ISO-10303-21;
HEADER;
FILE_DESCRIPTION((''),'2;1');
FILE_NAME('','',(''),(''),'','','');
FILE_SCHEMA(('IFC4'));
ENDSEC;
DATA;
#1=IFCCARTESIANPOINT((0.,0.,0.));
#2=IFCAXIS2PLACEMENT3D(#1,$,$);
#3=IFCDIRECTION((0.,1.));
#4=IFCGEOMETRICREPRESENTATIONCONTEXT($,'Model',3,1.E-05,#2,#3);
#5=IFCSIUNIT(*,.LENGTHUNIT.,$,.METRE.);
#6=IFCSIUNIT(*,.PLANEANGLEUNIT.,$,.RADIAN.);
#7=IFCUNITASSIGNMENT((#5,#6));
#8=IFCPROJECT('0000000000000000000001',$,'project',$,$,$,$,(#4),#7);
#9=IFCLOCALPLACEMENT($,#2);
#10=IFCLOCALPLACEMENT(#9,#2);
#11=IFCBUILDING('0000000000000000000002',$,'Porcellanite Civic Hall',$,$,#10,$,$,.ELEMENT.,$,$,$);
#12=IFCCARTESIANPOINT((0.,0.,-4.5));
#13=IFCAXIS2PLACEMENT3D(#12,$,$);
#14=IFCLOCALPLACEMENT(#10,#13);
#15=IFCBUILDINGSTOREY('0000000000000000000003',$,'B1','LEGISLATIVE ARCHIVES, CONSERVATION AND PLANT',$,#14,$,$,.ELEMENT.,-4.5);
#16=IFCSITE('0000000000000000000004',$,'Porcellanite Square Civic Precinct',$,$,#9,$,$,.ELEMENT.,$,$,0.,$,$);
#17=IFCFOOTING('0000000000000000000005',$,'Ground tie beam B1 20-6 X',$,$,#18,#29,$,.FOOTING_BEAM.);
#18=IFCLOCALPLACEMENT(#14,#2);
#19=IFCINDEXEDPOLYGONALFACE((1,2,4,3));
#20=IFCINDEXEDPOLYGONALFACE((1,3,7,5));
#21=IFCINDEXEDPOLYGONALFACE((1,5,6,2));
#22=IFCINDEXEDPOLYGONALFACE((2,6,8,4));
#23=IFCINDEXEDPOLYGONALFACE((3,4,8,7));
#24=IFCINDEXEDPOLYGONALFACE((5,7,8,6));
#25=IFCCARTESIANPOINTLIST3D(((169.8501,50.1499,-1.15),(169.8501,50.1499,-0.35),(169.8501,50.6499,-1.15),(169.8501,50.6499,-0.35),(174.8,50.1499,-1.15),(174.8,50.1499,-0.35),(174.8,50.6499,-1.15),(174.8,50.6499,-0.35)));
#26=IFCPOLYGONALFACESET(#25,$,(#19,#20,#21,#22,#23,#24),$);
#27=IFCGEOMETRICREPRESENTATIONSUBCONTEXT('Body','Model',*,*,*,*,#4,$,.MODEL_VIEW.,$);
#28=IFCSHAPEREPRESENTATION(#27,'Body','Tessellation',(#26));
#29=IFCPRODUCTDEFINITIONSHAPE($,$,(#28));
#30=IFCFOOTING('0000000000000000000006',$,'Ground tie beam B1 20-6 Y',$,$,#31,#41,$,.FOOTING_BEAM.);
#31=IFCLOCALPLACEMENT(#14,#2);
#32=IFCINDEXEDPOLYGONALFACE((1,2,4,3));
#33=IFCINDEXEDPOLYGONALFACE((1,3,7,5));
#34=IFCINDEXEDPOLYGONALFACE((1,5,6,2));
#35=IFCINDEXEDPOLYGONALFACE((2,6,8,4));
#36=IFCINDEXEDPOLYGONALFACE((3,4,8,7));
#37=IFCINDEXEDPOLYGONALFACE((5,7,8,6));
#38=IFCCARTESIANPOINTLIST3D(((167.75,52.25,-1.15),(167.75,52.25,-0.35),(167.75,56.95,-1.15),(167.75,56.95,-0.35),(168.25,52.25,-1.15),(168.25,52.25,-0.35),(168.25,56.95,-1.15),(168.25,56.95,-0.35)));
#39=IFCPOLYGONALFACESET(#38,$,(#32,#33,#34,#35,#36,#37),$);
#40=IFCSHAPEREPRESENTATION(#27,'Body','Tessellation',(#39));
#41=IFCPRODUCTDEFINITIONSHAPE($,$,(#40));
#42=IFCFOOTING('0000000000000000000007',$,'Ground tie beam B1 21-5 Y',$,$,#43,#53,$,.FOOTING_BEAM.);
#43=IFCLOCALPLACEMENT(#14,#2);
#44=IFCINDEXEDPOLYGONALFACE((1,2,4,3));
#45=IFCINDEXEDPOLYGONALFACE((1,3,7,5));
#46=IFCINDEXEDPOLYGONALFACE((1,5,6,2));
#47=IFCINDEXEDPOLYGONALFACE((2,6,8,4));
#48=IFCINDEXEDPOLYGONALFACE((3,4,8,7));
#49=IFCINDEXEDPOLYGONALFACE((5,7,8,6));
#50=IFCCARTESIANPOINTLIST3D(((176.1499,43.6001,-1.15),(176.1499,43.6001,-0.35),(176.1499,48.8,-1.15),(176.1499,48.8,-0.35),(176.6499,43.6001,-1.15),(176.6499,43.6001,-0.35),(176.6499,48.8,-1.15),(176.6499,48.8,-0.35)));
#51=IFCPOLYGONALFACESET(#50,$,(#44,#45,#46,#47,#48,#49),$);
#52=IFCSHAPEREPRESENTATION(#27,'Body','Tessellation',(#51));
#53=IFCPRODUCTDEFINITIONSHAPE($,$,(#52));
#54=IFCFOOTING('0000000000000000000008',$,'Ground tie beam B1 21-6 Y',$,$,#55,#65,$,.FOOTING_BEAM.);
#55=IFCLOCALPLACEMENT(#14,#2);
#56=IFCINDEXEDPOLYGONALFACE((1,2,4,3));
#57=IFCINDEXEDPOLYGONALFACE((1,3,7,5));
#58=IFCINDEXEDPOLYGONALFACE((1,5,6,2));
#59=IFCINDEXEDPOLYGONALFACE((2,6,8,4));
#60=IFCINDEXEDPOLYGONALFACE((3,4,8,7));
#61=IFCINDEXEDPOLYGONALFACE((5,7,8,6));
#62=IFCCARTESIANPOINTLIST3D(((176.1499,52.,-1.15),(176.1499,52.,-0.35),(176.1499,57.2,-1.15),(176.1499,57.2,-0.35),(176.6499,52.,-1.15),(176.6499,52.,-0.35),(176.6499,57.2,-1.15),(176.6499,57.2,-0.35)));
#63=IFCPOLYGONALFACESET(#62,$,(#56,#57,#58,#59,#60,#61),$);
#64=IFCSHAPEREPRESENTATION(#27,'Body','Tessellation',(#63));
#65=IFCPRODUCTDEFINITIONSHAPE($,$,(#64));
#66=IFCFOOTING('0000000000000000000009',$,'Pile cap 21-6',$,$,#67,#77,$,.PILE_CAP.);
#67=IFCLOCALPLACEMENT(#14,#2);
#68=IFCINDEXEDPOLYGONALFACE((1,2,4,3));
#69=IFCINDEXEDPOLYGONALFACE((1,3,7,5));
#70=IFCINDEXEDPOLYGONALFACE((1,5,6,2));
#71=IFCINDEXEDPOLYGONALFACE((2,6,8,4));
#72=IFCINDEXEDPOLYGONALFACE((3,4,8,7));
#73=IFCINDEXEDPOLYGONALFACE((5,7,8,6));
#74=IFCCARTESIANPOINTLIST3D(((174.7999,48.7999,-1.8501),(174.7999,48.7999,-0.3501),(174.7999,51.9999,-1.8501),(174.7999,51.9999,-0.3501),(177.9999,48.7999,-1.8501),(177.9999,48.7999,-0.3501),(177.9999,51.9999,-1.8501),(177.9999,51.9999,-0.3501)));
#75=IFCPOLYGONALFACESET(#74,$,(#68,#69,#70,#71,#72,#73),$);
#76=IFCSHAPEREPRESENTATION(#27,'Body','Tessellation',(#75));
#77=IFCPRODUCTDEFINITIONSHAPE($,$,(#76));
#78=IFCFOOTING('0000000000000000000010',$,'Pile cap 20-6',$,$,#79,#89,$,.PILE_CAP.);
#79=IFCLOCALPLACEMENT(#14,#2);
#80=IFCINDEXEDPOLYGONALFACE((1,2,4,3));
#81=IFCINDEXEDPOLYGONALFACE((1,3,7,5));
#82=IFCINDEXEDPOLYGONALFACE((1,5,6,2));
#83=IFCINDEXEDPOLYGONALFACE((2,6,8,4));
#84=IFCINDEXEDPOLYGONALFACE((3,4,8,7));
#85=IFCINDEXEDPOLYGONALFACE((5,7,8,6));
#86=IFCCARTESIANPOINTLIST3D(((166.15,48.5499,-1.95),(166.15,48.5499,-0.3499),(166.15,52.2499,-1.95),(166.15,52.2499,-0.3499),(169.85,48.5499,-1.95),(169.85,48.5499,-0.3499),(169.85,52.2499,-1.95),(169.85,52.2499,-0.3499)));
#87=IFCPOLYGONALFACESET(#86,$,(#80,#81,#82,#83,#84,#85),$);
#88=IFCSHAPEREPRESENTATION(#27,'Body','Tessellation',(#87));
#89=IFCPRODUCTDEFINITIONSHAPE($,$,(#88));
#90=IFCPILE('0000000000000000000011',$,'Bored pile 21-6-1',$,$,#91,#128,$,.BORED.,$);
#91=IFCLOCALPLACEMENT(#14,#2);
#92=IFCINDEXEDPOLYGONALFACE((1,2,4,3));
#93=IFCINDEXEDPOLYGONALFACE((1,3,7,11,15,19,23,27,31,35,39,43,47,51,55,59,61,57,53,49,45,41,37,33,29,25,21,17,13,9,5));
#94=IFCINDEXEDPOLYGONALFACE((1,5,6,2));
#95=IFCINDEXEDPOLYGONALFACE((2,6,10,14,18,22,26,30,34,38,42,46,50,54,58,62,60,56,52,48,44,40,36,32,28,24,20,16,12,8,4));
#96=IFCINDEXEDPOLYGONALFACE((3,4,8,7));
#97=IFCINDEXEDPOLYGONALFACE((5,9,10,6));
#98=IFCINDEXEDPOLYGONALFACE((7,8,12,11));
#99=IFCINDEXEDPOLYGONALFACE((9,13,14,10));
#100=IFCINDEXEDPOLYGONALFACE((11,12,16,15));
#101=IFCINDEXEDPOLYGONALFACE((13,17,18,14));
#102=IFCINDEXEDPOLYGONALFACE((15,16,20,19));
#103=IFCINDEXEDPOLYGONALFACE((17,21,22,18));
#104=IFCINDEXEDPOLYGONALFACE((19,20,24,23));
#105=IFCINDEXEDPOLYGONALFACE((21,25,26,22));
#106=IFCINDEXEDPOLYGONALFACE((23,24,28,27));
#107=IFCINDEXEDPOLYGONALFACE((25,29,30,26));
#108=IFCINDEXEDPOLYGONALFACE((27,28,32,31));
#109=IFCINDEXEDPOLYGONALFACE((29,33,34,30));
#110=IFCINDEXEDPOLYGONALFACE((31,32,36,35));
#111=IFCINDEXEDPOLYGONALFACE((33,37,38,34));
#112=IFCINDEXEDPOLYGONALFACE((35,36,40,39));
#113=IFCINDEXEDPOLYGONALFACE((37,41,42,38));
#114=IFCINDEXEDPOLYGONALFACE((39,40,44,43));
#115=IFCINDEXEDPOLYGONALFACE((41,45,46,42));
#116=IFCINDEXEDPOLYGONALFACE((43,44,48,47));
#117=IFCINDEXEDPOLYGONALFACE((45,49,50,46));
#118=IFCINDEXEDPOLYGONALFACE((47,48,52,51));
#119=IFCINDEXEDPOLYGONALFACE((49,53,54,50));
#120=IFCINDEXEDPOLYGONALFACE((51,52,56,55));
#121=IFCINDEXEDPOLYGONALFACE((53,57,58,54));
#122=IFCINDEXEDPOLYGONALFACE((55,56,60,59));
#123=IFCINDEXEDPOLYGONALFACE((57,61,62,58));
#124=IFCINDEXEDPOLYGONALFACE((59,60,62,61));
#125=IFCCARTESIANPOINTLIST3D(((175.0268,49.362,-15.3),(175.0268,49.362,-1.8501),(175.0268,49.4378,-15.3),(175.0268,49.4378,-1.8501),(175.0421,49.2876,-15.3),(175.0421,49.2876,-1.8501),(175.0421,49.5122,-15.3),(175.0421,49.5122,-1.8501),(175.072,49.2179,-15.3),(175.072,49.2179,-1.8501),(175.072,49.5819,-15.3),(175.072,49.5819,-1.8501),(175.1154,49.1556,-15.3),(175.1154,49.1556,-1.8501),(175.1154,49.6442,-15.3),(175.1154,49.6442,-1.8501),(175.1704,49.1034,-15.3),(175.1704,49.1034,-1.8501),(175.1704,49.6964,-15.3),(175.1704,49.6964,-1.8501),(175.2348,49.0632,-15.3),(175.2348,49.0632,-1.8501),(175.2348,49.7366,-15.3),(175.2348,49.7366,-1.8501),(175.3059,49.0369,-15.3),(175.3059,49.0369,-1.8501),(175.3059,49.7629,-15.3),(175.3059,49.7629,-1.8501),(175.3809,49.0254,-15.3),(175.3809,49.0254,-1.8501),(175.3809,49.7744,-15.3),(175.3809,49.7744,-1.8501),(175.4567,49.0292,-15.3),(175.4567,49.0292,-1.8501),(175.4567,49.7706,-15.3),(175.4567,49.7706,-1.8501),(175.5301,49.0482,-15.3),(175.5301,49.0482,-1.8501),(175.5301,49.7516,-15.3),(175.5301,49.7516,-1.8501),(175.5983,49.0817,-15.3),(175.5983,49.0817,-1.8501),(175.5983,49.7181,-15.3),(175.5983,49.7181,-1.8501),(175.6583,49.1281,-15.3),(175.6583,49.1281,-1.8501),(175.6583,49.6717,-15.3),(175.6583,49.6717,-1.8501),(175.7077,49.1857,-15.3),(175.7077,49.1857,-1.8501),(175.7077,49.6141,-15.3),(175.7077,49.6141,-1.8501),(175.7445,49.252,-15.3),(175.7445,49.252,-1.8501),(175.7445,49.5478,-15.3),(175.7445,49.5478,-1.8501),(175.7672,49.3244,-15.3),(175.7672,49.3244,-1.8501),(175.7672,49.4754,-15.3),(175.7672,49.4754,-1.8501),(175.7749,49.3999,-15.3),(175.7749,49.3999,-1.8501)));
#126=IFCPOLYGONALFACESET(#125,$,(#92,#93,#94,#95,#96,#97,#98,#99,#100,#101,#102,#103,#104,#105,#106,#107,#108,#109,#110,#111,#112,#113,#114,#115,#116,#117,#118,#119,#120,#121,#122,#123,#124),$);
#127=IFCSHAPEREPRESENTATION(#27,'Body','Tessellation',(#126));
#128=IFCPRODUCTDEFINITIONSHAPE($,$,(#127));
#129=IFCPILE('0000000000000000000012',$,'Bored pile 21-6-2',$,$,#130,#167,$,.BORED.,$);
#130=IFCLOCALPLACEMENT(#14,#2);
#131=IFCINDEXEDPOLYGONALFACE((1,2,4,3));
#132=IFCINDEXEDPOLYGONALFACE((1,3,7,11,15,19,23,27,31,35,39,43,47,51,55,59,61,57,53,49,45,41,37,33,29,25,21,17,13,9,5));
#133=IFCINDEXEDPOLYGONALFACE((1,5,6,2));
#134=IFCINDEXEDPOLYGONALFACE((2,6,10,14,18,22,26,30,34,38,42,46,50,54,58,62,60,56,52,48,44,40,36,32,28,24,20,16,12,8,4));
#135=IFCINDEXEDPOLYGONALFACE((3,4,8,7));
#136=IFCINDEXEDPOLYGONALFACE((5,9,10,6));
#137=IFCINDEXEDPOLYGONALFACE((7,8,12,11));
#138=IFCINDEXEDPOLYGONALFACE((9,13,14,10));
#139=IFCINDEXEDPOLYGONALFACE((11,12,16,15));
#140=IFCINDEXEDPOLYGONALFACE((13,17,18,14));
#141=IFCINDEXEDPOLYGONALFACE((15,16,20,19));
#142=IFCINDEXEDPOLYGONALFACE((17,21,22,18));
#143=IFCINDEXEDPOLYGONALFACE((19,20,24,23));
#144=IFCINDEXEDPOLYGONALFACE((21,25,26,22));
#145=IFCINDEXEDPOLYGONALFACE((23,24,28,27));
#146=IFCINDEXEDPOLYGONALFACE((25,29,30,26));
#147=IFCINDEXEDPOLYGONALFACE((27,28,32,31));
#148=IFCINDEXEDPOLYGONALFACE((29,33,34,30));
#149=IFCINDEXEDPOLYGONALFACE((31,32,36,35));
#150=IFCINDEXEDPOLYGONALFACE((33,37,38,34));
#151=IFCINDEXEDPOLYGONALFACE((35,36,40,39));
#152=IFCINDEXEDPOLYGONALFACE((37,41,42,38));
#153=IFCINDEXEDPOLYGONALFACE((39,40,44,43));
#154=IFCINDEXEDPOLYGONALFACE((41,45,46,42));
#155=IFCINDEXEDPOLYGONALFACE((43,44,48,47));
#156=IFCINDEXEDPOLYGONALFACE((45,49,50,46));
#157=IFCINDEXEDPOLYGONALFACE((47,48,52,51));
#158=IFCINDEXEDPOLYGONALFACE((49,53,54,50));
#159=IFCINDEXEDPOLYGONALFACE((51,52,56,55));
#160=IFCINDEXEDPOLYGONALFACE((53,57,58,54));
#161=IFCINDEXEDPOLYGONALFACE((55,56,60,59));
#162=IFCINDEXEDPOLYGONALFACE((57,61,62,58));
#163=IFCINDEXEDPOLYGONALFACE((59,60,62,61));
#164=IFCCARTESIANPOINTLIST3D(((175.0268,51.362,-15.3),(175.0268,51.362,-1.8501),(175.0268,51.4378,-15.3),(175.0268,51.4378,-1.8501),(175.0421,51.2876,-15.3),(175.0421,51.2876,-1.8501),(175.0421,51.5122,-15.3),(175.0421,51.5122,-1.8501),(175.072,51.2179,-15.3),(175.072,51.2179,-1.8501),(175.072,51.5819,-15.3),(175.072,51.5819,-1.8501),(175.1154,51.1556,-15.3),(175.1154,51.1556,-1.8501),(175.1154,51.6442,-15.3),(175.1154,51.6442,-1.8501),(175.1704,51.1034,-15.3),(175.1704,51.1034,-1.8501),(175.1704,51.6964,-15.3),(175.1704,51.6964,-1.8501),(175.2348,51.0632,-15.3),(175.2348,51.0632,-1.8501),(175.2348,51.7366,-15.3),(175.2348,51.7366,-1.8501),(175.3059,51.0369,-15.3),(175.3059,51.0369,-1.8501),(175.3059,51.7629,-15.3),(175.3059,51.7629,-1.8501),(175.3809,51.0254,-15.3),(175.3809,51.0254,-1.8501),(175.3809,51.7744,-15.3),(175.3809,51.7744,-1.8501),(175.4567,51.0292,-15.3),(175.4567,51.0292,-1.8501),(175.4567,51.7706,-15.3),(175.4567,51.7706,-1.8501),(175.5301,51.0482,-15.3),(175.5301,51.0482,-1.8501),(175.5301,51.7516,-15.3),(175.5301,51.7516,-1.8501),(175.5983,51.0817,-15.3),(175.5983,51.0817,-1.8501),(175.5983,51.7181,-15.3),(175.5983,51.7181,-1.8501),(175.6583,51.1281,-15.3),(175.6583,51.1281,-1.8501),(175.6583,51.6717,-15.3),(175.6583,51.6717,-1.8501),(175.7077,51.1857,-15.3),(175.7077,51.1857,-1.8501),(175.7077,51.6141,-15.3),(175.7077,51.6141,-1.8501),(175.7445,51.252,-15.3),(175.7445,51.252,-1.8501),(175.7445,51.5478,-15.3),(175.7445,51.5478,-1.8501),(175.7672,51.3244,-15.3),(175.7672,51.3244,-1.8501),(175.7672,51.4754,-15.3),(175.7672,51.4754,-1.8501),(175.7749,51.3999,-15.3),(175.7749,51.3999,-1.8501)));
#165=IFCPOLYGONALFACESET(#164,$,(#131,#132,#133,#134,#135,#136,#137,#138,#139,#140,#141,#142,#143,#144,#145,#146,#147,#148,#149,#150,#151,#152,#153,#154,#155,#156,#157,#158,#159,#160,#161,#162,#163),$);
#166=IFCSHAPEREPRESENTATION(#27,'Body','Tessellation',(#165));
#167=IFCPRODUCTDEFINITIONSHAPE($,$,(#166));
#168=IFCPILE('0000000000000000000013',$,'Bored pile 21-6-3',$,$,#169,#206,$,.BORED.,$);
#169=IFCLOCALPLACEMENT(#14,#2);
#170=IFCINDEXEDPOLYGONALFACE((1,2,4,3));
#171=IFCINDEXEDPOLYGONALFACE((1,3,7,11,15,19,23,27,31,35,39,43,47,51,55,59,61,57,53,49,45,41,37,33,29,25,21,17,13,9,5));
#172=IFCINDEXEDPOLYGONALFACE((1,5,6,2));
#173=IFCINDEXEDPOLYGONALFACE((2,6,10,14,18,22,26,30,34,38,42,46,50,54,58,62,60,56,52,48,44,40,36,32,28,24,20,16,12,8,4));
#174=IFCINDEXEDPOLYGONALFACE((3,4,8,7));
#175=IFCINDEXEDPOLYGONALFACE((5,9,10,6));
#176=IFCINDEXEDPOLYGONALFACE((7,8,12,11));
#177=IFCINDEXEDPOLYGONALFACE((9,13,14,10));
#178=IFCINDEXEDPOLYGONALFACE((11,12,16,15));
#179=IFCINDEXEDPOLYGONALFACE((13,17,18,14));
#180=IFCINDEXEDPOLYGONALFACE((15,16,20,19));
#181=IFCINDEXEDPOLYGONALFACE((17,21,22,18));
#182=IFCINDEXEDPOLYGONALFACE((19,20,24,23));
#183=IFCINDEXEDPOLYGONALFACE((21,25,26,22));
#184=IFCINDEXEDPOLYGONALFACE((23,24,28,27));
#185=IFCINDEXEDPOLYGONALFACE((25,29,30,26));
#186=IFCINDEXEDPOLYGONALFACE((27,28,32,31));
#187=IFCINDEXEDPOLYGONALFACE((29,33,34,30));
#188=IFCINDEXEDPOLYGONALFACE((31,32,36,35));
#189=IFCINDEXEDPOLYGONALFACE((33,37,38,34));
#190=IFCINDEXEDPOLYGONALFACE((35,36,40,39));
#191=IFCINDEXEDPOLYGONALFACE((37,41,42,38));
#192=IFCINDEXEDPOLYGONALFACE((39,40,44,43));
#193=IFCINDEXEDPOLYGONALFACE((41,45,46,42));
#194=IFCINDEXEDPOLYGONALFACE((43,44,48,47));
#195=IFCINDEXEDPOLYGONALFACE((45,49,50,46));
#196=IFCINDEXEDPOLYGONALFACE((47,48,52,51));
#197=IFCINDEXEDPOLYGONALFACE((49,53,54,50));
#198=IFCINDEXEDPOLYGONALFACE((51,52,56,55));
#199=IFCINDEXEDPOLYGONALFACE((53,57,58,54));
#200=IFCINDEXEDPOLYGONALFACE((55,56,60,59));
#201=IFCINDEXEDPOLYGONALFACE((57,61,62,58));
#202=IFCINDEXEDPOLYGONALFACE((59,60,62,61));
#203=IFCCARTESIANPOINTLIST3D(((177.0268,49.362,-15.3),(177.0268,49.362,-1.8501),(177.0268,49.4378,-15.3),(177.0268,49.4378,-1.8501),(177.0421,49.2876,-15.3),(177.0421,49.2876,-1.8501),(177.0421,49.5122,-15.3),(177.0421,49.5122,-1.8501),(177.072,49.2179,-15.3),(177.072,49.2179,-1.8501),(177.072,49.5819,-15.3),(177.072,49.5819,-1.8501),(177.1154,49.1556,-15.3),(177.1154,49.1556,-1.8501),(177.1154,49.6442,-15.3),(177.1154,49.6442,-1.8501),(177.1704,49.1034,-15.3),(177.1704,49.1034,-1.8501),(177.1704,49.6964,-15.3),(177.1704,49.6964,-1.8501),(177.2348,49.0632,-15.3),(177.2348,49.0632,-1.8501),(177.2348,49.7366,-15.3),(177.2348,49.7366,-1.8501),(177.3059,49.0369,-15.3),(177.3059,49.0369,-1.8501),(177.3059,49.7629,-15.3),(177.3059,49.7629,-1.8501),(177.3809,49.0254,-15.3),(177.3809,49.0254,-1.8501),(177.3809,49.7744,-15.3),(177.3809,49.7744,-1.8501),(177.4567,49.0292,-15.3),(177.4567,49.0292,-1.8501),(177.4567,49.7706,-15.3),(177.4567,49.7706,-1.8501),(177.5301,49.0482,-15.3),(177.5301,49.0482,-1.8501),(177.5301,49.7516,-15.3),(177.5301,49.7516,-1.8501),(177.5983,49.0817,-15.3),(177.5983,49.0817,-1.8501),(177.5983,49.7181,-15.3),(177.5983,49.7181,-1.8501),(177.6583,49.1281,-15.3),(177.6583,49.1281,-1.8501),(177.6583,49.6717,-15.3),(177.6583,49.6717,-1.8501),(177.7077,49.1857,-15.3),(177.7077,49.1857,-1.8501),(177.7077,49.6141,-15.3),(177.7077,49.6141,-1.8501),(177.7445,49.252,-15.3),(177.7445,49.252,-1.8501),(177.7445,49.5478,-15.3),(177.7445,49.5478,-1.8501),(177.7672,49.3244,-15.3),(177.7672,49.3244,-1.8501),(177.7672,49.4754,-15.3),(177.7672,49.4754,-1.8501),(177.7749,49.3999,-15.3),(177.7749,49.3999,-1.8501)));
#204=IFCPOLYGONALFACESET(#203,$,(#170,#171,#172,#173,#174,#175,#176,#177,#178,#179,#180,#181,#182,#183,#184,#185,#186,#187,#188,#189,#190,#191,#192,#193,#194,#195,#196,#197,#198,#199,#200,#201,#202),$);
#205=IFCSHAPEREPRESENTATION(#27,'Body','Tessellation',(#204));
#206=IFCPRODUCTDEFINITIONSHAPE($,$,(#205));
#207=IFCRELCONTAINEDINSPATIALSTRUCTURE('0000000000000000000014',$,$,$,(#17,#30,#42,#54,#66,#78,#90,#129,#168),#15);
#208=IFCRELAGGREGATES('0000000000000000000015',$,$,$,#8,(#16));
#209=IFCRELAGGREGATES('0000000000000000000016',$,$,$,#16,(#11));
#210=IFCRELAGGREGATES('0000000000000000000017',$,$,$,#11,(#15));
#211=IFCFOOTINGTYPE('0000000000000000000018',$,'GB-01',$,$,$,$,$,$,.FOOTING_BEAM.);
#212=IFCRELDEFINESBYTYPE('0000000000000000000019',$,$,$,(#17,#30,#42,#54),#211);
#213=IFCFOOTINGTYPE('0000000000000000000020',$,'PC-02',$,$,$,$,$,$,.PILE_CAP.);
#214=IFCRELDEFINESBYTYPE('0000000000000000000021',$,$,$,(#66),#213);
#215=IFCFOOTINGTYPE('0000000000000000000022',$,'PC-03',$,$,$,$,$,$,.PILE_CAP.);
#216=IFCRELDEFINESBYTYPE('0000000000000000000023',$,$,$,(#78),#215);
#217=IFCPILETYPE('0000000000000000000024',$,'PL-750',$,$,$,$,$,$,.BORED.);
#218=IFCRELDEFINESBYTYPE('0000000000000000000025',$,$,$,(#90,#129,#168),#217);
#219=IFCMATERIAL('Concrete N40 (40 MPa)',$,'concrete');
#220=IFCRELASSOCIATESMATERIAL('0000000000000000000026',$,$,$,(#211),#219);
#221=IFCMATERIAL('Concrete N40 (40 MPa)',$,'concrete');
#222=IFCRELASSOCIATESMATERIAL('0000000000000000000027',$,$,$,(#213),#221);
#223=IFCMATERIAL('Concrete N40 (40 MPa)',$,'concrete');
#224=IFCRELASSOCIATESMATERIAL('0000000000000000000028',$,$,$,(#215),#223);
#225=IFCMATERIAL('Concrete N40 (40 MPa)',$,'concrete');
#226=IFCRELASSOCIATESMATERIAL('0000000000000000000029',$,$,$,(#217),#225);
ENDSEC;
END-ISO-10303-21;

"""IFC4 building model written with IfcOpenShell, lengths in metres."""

from ifc_helpers import new_model, si_unit, direction, frame, origin, origin_2d, place, context, subcontext, project, spatial, rectangle, circle, extrude, material, material_profile, profile_set, type_object, element, save


model = new_model("IFC4")

# Units and contexts
model_context = context("Model", 3, precision=1e-05, world=origin(), true_north=direction((0.0, 1.0)))
body_context = subcontext(model_context, "Body", "Model", "MODEL_VIEW")
ifc_project = project(units=[si_unit("LENGTHUNIT", "METRE"), si_unit("PLANEANGLEUNIT", "RADIAN")], contexts=[model_context])

# Site, building, storey
site_placement = place(None, origin())
site = spatial("IfcSite", under=ifc_project, at=site_placement, Name="Porcellanite Square Civic Precinct", CompositionType="ELEMENT", RefElevation=0.0)
building_placement = place(site_placement, origin())
building = spatial("IfcBuilding", under=site, at=building_placement, Name="Porcellanite Civic Hall", CompositionType="ELEMENT")
storey_placement = place(building_placement, frame((0.0, 0.0, -4.5)))
storey = spatial("IfcBuildingStorey", under=building, at=storey_placement, Name="B1", Description="LEGISLATIVE ARCHIVES, CONSERVATION AND PLANT", CompositionType="ELEMENT", Elevation=-4.5)

# Footings
ifc_material_1 = material(Name="Concrete N40 (40 MPa)", Category="concrete")
ifc_material_profile_1 = material_profile(ifc_material_1, rectangle(XDim=0.5, YDim=0.8, at=origin_2d()), Name="RC-500x800")
ifc_profile_set_1 = profile_set([ifc_material_profile_1], Name="Concrete N40 (40 MPa)")
footing_type_1 = type_object("IfcFootingType", Name="GB-01", PredefinedType="FOOTING_BEAM", material=ifc_profile_set_1)
footing_1_placement = place(storey_placement, frame((169.8501, 50.3999, -0.75), z_axis=(1.0, 0.0, 0.0), x_axis=(0.0, 1.0, 0.0)))
element("IfcFooting", 1, at=footing_1_placement, inside=storey, type_object=footing_type_1, Name="Ground tie beam B1 20-6 X", PredefinedType="FOOTING_BEAM", context=body_context, shape_type="SweptSolid", body=[
    extrude(rectangle(XDim=0.5, YDim=0.8, at=origin_2d()), origin(), (0.0, 0.0, 1.0), 4.95),
])
footing_2_placement = place(storey_placement, frame((168.0, 52.25, -0.75), z_axis=(0.0, 1.0, 0.0), x_axis=(-1.0, 0.0, 0.0)))
element("IfcFooting", 2, at=footing_2_placement, inside=storey, type_object=footing_type_1, Name="Ground tie beam B1 20-6 Y", PredefinedType="FOOTING_BEAM", context=body_context, shape_type="SweptSolid", body=[
    extrude(rectangle(XDim=0.5, YDim=0.8, at=origin_2d()), origin(), (0.0, 0.0, 1.0), 4.7),
])
for number, where, z_axis, x_axis, name in (
    (3, (176.3999, 43.6001, -0.75), (0.0, 1.0, 0.0), (-1.0, 0.0, 0.0), "Ground tie beam B1 21-5 Y"),
    (4, (176.3999, 52.0, -0.75), (0.0, 1.0, 0.0), (-1.0, 0.0, 0.0), "Ground tie beam B1 21-6 Y"),
):
    element("IfcFooting", number, at=place(storey_placement, frame(where, z_axis=z_axis, x_axis=x_axis)), inside=storey, type_object=footing_type_1, Name=name, PredefinedType="FOOTING_BEAM", context=body_context, shape_type="SweptSolid", body=[
        extrude(rectangle(XDim=0.5, YDim=0.8, at=origin_2d()), origin(), (0.0, 0.0, 1.0), 5.2),
    ])
ifc_material_2 = material(Name="Concrete N40 (40 MPa)", Category="concrete")
footing_type_2 = type_object("IfcFootingType", Name="PC-02", PredefinedType="PILE_CAP", material=ifc_material_2)
footing_3_placement = place(storey_placement, frame((176.3999, 50.3999, -1.8501), z_axis=(0.0, 0.0, 1.0), x_axis=(1.0, 0.0, 0.0)))
element("IfcFooting", 5, at=footing_3_placement, inside=storey, type_object=footing_type_2, Name="Pile cap 21-6", PredefinedType="PILE_CAP", context=body_context, shape_type="SweptSolid", body=[
    extrude(rectangle(XDim=3.2, YDim=3.2, at=origin_2d()), origin(), (0.0, 0.0, 1.0), 1.5),
])
ifc_material_3 = material(Name="Concrete N40 (40 MPa)", Category="concrete")
footing_type_3 = type_object("IfcFootingType", Name="PC-03", PredefinedType="PILE_CAP", material=ifc_material_3)
footing_4_placement = place(storey_placement, frame((168.0, 50.3999, -1.95), z_axis=(0.0, 0.0, 1.0), x_axis=(1.0, 0.0, 0.0)))
element("IfcFooting", 6, at=footing_4_placement, inside=storey, type_object=footing_type_3, Name="Pile cap 20-6", PredefinedType="PILE_CAP", context=body_context, shape_type="SweptSolid", body=[
    extrude(rectangle(XDim=3.7, YDim=3.7, at=origin_2d()), origin(), (0.0, 0.0, 1.0), 1.6001),
])

# Piles
ifc_material_4 = material(Name="Concrete N40 (40 MPa)", Category="concrete")
ifc_material_profile_2 = material_profile(ifc_material_4, circle(Radius=0.375, at=origin_2d()), Name="PILE-D750")
ifc_profile_set_2 = profile_set([ifc_material_profile_2], Name="Concrete N40 (40 MPa)")
pile_type_1 = type_object("IfcPileType", Name="PL-750", PredefinedType="BORED", material=ifc_profile_set_2)
for number, where, z_axis, x_axis, name in (
    (7, (175.3999, 49.3999, -1.8501), (0.0, 0.0, -1.0), (1.0, 0.0, 0.0), "Bored pile 21-6-1"),
    (8, (175.3999, 51.3999, -1.8501), (0.0, 0.0, -1.0), (1.0, 0.0, 0.0), "Bored pile 21-6-2"),
    (9, (177.3999, 49.3999, -1.8501), (0.0, 0.0, -1.0), (1.0, 0.0, 0.0), "Bored pile 21-6-3"),
):
    element("IfcPile", number, at=place(storey_placement, frame(where, z_axis=z_axis, x_axis=x_axis)), inside=storey, type_object=pile_type_1, Name=name, PredefinedType="BORED", context=body_context, shape_type="SweptSolid", body=[
        extrude(circle(Radius=0.375, at=origin_2d()), origin(), (0.0, 0.0, 1.0), 13.45),
    ])

save(model, "model.ifc")
